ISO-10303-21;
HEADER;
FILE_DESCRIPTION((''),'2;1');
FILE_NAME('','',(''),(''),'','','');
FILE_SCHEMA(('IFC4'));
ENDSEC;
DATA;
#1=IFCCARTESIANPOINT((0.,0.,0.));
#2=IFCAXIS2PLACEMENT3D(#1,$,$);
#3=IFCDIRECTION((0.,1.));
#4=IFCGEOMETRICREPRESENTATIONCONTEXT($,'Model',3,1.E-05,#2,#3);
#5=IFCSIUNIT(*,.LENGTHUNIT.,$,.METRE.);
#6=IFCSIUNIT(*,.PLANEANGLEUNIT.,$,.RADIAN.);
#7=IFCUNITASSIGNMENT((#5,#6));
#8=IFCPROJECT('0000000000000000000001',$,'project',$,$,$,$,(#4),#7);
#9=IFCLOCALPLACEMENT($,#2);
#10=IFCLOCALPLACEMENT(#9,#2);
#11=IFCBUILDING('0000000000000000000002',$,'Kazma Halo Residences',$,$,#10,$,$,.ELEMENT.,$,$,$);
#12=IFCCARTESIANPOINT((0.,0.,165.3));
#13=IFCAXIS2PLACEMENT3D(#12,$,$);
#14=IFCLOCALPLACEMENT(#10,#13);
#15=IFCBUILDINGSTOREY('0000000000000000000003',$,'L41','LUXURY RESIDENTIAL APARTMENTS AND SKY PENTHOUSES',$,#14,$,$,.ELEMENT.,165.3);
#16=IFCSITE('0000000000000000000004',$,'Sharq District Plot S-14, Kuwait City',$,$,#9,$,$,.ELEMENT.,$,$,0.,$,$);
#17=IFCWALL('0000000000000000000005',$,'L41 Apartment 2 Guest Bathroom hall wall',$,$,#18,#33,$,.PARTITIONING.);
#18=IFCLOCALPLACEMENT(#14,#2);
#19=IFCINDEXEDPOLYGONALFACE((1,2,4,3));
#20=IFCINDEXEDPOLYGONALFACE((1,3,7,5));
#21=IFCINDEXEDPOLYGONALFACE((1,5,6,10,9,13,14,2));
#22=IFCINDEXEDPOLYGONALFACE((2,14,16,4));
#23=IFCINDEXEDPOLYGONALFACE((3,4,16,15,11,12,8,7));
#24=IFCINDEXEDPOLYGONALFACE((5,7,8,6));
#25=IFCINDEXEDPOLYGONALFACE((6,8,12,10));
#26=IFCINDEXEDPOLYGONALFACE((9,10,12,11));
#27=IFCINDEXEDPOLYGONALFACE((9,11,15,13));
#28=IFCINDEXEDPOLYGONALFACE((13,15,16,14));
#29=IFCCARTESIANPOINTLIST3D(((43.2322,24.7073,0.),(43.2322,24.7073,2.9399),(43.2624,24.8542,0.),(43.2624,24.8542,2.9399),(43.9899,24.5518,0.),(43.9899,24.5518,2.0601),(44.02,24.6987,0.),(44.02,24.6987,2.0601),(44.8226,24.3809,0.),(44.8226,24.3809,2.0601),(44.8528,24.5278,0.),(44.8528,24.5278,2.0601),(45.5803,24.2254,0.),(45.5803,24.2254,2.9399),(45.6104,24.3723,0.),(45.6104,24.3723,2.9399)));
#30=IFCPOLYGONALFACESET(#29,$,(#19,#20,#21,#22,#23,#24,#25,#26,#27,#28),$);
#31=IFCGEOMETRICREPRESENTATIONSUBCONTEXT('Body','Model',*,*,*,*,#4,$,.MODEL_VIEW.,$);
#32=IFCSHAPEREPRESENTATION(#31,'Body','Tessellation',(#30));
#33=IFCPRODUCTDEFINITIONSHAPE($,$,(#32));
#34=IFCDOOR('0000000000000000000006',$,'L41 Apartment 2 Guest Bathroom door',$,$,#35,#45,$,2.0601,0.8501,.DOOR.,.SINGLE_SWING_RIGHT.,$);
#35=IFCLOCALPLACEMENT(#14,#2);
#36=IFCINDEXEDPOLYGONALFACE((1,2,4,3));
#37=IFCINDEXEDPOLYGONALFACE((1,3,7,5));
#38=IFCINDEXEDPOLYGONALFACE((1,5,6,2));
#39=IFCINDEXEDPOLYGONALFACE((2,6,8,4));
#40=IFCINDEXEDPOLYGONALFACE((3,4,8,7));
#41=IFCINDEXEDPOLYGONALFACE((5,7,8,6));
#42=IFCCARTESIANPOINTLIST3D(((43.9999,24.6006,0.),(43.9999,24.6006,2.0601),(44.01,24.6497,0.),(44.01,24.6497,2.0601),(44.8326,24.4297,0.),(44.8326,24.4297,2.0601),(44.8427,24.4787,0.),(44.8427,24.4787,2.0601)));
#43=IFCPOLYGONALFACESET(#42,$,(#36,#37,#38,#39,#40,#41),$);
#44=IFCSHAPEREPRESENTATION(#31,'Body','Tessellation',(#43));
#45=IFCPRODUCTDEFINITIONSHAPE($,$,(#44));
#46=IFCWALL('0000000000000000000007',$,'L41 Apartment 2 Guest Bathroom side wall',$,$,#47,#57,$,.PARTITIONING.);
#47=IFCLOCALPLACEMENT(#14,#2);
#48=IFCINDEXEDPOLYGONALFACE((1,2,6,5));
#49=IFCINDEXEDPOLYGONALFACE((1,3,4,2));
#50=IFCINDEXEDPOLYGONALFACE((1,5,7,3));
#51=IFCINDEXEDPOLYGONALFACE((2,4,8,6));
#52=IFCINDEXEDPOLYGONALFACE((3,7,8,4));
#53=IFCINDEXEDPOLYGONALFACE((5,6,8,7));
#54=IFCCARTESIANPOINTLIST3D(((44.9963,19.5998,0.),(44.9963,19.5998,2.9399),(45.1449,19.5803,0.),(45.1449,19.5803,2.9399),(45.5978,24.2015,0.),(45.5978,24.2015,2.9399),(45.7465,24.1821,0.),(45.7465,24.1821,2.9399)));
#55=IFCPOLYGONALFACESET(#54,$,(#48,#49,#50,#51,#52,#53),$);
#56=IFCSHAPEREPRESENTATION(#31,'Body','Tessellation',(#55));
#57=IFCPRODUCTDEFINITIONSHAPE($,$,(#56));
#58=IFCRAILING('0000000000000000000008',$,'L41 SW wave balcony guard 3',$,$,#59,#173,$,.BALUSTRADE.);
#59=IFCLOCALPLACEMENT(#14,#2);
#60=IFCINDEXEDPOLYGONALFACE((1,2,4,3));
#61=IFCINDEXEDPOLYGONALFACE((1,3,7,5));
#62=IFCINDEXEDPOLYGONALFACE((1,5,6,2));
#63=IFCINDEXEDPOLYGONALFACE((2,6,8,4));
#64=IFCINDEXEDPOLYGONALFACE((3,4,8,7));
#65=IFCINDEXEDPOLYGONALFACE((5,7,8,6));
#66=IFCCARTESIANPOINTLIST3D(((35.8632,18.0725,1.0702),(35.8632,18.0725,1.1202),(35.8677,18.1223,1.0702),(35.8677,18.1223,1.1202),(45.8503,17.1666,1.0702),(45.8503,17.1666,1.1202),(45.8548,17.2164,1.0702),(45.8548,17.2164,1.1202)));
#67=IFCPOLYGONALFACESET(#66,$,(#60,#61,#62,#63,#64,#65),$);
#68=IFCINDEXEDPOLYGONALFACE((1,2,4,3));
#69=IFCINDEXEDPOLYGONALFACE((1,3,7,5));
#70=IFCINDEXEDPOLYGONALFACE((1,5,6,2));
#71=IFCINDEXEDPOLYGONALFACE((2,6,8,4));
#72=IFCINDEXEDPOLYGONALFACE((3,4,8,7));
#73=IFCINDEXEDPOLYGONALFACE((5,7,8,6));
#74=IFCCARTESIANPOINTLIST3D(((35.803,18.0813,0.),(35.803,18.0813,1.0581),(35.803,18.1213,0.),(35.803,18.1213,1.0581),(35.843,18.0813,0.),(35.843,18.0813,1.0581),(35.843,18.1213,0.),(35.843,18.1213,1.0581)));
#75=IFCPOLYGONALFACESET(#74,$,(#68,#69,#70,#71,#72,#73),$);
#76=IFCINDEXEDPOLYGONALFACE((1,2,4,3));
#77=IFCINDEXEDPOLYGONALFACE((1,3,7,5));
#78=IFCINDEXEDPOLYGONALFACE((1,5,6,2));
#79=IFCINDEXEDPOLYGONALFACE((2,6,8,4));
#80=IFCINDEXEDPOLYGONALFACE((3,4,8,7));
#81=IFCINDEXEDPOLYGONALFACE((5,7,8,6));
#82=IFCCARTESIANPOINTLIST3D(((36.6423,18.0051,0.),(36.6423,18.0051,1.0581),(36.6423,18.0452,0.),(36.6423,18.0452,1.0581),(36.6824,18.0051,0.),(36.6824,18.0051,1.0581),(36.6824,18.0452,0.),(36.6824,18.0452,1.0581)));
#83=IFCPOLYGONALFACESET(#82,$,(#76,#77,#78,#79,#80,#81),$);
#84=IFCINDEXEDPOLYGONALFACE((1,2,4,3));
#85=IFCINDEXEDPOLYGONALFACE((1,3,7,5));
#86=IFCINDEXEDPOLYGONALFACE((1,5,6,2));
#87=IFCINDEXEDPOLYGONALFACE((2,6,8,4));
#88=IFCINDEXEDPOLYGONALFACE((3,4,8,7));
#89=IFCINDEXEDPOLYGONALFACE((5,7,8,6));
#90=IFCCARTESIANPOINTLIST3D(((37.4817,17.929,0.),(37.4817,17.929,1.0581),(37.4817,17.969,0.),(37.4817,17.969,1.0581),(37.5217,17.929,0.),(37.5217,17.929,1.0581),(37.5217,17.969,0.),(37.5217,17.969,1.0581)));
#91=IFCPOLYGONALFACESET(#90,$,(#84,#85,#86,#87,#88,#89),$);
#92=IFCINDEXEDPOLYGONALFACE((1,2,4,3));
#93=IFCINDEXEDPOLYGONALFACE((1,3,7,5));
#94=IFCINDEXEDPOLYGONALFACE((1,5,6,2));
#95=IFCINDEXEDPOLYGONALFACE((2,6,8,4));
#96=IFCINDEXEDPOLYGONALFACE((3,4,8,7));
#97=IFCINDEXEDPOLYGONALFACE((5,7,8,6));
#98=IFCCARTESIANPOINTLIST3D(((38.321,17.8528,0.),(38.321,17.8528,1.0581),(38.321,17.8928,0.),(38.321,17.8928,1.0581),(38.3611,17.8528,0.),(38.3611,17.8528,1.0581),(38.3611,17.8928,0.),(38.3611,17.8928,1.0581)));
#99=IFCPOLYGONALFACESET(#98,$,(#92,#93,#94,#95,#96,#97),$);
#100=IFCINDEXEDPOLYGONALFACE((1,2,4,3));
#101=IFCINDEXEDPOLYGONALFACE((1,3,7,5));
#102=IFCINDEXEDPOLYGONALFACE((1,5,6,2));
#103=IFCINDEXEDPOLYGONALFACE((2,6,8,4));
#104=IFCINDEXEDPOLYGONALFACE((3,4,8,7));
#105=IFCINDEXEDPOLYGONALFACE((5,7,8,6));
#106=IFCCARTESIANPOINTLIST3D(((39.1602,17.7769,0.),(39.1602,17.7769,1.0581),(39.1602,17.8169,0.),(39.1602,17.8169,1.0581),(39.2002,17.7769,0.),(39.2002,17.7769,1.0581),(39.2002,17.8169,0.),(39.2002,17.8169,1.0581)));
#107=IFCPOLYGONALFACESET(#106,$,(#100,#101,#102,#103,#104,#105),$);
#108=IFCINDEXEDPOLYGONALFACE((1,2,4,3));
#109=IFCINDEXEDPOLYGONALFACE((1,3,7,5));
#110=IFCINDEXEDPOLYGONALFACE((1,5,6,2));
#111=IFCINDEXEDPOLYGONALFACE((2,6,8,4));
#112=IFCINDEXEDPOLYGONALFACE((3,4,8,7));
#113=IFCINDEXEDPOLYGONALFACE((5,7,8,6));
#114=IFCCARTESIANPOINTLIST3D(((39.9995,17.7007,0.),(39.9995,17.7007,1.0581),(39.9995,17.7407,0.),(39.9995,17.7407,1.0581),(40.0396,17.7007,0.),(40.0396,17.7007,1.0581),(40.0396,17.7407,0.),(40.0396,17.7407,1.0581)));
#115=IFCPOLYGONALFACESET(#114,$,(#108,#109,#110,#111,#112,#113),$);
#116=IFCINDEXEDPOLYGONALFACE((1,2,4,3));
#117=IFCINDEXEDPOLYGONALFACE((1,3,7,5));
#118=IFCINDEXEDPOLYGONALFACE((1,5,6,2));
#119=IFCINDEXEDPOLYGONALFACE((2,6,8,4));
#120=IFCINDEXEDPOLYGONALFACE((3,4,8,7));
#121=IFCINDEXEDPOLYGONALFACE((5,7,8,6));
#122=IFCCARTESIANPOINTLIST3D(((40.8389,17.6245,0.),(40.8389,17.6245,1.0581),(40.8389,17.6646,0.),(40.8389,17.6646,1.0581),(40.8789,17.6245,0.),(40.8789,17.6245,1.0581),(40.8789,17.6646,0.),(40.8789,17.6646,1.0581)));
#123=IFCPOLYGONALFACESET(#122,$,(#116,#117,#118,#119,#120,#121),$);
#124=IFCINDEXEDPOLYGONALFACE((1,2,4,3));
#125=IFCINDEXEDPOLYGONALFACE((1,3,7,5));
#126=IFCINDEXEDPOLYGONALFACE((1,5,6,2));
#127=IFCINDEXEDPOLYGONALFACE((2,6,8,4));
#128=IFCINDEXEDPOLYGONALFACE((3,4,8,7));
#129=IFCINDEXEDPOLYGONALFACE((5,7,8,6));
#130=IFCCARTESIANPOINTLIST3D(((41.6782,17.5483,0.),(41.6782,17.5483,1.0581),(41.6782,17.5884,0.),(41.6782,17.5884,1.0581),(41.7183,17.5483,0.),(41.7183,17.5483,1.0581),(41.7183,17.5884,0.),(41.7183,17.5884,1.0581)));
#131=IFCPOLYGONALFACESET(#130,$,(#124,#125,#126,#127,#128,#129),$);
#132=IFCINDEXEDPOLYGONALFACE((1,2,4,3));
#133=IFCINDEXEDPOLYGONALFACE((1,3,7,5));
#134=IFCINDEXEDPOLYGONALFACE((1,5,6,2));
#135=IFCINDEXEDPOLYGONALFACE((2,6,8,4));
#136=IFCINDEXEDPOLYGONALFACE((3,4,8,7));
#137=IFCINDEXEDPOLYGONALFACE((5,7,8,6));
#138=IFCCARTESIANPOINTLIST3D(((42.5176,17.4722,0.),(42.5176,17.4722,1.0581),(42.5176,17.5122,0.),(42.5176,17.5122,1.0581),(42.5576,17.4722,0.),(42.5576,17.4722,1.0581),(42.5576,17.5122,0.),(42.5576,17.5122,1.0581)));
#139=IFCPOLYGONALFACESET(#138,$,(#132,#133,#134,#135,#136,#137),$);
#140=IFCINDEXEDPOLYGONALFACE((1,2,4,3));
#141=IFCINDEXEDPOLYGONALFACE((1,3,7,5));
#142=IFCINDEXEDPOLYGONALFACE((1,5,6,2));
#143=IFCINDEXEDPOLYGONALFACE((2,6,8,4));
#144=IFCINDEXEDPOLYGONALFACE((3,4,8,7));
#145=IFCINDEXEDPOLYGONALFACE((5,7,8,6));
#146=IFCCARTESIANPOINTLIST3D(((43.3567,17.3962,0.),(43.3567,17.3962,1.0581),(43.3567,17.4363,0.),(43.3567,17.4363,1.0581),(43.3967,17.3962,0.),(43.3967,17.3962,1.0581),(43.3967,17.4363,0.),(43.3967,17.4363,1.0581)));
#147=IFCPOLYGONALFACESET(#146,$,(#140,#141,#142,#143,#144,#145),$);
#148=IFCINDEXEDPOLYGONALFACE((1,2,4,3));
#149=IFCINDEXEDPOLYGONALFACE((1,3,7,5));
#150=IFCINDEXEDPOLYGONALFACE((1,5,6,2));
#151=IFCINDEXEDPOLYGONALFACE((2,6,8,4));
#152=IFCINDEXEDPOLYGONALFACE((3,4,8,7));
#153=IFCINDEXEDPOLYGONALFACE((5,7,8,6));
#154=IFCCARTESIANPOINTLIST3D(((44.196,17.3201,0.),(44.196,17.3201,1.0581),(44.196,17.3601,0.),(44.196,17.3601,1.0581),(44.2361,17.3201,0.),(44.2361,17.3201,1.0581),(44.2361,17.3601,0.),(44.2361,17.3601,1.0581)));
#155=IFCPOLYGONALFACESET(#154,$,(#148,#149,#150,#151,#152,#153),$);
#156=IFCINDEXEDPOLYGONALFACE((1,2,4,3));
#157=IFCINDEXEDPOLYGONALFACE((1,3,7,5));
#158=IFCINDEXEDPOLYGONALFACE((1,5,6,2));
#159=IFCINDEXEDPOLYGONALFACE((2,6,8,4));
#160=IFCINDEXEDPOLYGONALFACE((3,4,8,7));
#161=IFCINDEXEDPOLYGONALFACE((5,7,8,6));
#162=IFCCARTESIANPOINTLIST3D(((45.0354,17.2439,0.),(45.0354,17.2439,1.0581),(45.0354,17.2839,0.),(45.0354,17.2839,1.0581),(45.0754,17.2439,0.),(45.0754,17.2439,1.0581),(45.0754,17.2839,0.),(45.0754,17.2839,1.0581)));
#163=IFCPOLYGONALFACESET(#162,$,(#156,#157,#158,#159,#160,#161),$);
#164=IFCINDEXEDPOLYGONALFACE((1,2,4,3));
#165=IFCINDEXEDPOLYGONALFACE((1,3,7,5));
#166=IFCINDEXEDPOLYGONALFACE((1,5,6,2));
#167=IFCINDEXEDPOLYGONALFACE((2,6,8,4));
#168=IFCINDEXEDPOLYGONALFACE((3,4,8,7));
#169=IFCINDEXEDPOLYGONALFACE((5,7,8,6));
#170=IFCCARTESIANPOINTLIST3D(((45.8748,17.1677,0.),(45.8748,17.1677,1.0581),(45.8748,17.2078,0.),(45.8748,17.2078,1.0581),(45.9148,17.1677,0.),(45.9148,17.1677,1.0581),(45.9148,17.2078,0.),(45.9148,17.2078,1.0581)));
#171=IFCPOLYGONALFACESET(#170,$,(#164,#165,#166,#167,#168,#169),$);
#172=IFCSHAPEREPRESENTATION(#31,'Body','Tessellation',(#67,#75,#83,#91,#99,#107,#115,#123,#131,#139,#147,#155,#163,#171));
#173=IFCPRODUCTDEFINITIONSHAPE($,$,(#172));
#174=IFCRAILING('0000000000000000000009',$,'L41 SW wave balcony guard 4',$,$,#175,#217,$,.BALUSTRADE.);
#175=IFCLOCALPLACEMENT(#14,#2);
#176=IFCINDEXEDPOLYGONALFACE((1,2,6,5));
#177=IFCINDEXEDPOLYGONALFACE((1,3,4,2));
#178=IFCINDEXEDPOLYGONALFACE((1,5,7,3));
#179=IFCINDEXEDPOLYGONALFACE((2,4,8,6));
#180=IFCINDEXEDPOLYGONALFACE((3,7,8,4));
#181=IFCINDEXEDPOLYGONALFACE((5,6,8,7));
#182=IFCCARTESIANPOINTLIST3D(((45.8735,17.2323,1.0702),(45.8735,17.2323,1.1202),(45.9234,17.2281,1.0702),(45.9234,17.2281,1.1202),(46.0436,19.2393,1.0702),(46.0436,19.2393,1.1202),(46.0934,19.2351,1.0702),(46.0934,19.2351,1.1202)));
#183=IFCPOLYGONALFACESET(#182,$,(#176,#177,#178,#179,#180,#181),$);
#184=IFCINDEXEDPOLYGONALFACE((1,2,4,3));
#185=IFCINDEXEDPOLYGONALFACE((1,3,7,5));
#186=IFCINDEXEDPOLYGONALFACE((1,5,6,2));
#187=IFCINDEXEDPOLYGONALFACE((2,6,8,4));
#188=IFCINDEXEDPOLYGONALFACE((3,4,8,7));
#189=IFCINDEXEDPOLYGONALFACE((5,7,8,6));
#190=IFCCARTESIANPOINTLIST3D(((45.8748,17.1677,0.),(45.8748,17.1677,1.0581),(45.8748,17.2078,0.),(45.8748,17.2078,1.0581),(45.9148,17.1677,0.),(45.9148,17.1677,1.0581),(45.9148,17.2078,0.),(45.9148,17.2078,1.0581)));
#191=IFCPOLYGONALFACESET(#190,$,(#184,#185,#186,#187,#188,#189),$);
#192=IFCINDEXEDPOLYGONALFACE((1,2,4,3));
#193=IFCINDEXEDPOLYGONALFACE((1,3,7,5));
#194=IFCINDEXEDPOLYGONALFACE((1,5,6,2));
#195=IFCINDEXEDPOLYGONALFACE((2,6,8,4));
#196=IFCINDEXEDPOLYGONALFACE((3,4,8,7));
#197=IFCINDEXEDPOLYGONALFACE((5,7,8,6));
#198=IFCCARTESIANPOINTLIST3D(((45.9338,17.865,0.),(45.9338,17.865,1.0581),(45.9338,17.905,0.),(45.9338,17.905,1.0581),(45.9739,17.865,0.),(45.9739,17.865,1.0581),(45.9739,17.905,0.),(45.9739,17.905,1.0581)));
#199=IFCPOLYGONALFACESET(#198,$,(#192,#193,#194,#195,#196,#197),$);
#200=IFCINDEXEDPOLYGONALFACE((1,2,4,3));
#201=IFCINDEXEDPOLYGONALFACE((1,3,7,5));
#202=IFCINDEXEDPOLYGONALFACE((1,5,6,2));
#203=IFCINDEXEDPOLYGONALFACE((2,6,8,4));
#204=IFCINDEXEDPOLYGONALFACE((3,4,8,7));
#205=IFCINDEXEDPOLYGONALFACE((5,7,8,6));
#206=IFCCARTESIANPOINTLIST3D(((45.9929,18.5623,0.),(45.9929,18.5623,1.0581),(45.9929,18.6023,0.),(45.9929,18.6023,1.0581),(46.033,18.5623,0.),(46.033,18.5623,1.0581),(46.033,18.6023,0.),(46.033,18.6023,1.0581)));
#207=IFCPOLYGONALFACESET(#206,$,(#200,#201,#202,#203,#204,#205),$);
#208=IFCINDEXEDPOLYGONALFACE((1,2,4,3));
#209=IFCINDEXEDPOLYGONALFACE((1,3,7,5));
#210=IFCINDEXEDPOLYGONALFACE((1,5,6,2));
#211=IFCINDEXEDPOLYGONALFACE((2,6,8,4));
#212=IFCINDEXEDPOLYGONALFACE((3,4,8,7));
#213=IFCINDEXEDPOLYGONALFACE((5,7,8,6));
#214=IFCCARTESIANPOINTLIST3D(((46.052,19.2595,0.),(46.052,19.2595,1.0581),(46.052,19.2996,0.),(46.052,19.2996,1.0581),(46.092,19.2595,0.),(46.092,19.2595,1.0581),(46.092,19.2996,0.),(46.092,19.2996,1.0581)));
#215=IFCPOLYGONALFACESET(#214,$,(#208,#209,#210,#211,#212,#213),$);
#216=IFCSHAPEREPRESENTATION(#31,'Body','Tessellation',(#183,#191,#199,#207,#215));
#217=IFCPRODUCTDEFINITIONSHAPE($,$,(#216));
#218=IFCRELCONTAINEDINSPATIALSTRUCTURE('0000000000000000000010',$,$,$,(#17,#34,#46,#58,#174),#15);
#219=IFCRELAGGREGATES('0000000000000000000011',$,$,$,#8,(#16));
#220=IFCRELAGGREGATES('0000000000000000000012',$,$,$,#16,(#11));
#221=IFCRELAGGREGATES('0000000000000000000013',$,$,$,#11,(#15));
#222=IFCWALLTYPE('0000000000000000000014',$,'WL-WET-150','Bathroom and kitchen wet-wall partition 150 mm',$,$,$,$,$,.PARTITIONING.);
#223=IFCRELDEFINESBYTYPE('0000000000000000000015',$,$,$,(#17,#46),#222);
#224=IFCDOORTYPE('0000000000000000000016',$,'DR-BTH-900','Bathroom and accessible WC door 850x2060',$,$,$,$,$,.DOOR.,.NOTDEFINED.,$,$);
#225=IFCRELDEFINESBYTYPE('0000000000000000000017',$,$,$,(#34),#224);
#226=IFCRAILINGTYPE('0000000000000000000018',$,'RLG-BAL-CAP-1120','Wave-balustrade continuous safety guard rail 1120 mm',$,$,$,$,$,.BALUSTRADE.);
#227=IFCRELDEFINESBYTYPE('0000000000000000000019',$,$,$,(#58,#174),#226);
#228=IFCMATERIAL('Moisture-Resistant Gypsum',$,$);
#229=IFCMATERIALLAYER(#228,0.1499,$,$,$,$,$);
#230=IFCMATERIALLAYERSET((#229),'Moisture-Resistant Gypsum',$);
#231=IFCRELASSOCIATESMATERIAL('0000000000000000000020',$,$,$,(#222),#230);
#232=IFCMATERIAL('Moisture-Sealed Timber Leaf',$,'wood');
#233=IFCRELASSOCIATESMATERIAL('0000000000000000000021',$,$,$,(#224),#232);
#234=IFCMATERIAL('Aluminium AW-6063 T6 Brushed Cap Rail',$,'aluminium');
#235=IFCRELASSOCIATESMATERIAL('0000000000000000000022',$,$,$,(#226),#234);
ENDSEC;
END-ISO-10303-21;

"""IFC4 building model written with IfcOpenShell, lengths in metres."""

from ifc_helpers import new_model, si_unit, direction, frame, frame_2d, origin, origin_2d, place, context, subcontext, project, spatial, rectangle, extrude, material, layer, layer_set, type_object, element, fill, save


model = new_model("IFC4")

# Units and contexts
model_context = context("Model", 3, precision=1e-05, world=origin(), true_north=direction((0.0, 1.0)))
body_context = subcontext(model_context, "Body", "Model", "MODEL_VIEW")
ifc_project = project(units=[si_unit("LENGTHUNIT", "METRE"), si_unit("PLANEANGLEUNIT", "RADIAN")], contexts=[model_context])

# Site, building, storey
site_placement = place(None, origin())
site = spatial("IfcSite", under=ifc_project, at=site_placement, Name="Sharq District Plot S-14, Kuwait City", CompositionType="ELEMENT", RefElevation=0.0)
building_placement = place(site_placement, origin())
building = spatial("IfcBuilding", under=site, at=building_placement, Name="Kazma Halo Residences", CompositionType="ELEMENT")
storey_placement = place(building_placement, frame((0.0, 0.0, 165.3)))
storey = spatial("IfcBuildingStorey", under=building, at=storey_placement, Name="L41", Description="LUXURY RESIDENTIAL APARTMENTS AND SKY PENTHOUSES", CompositionType="ELEMENT", Elevation=165.3)

# Wall, opening, door
ifc_material_1 = material(Name="Moisture-Resistant Gypsum")
ifc_layer_1 = layer(ifc_material_1, 0.1499)
ifc_layer_set_1 = layer_set([ifc_layer_1], Name="Moisture-Resistant Gypsum")
wall_type_1 = type_object("IfcWallType", Name="WL-WET-150", Description="Bathroom and kitchen wet-wall partition 150 mm", PredefinedType="PARTITIONING", material=ifc_layer_set_1)
wall_1_placement = place(storey_placement, frame((43.2473, 24.7808, 0.0), z_axis=(0.0, 0.0, 1.0), x_axis=(0.979581, -0.201049, 0.0)))
wall_1 = element("IfcWall", 1, at=wall_1_placement, inside=storey, type_object=wall_type_1, Name="L41 Apartment 2 Guest Bathroom hall wall", PredefinedType="PARTITIONING", context=body_context, shape_type="SweptSolid", body=[
    extrude(rectangle(XDim=2.397, YDim=0.1499, at=frame_2d((1.1985, 0.0))), origin(), (0.0, 0.0, 1.0), 2.9399),
])
opening_1_placement = place(wall_1_placement, frame((0.7734, 0.0, 0.0)))
opening_1 = element("IfcOpeningElement", 2, at=opening_1_placement, cuts=wall_1, PredefinedType="OPENING", context=body_context, shape_type="SweptSolid", body=[
    extrude(rectangle(XDim=0.8501, YDim=2.0601, at=frame_2d((0.425, 1.03))), frame((0.0, 0.085, 0.0), z_axis=(0.0, -1.0, 0.0), x_axis=(1.0, 0.0, 0.0)), (0.0, 0.0, 1.0), 0.1699),
])
ifc_material_2 = material(Name="Moisture-Sealed Timber Leaf", Category="wood")
door_type_1 = type_object("IfcDoorType", Name="DR-BTH-900", Description="Bathroom and accessible WC door 850x2060", OperationType="NOTDEFINED", PredefinedType="DOOR", material=ifc_material_2)
door_1_placement = place(opening_1_placement, origin())
door_1 = element("IfcDoor", 3, at=door_1_placement, inside=storey, type_object=door_type_1, Name="L41 Apartment 2 Guest Bathroom door", OperationType="SINGLE_SWING_RIGHT", OverallHeight=2.0601, OverallWidth=0.8501, PredefinedType="DOOR", context=body_context, shape_type="SweptSolid", body=[
    extrude(rectangle(XDim=0.8501, YDim=2.0601, at=frame_2d((0.425, 1.03))), frame((0.0, 0.0249, 0.0), z_axis=(0.0, -1.0, 0.0), x_axis=(1.0, 0.0, 0.0)), (0.0, 0.0, 1.0), 0.05),
])
fill(opening_1, door_1)

# Wall
wall_2_placement = place(storey_placement, frame((45.6721, 24.1917, 0.0), z_axis=(0.0, 0.0, 1.0), x_axis=(-0.12962, -0.991564, 0.0)))
element("IfcWall", 4, at=wall_2_placement, inside=storey, type_object=wall_type_1, Name="L41 Apartment 2 Guest Bathroom side wall", PredefinedType="PARTITIONING", context=body_context, shape_type="SweptSolid", body=[
    extrude(rectangle(XDim=4.6409, YDim=0.1499, at=frame_2d((2.3203, 0.0))), origin(), (0.0, 0.0, 1.0), 2.9399),
])

# Railings
ifc_material_3 = material(Name="Aluminium AW-6063 T6 Brushed Cap Rail", Category="aluminium")
railing_type = type_object("IfcRailingType", Name="RLG-BAL-CAP-1120", Description="Wave-balustrade continuous safety guard rail 1120 mm", PredefinedType="BALUSTRADE", material=ifc_material_3)
railing_1_placement = place(storey_placement, frame((35.823, 18.1013, 0.0)))
element("IfcRailing", 5, at=railing_1_placement, inside=storey, type_object=railing_type, Name="L41 SW wave balcony guard 3", PredefinedType="BALUSTRADE", context=body_context, shape_type="SweptSolid", body=[
    extrude(rectangle(XDim=0.05, YDim=0.05, at=origin_2d()), frame((0.0425, -0.0039, 1.0952), z_axis=(0.995911, -0.090335, 0.0), x_axis=(0.090335, 0.995911, 0.0)), (0.0, 0.0, 1.0), 10.0281),
    extrude(rectangle(XDim=0.04, YDim=0.04, at=origin_2d()), origin(), (0.0, 0.0, 1.0), 1.0581),
    extrude(rectangle(XDim=0.04, YDim=0.04, at=origin_2d()), frame((0.8394, -0.0762, 0.0)), (0.0, 0.0, 1.0), 1.0581),
    extrude(rectangle(XDim=0.04, YDim=0.04, at=origin_2d()), frame((1.6787, -0.1523, 0.0)), (0.0, 0.0, 1.0), 1.0581),
    extrude(rectangle(XDim=0.04, YDim=0.04, at=origin_2d()), frame((2.5181, -0.2285, 0.0)), (0.0, 0.0, 1.0), 1.0581),
    extrude(rectangle(XDim=0.04, YDim=0.04, at=origin_2d()), frame((3.3572, -0.3044, 0.0)), (0.0, 0.0, 1.0), 1.0581),
    extrude(rectangle(XDim=0.04, YDim=0.04, at=origin_2d()), frame((4.1965, -0.3806, 0.0)), (0.0, 0.0, 1.0), 1.0581),
    extrude(rectangle(XDim=0.04, YDim=0.04, at=origin_2d()), frame((5.0359, -0.4568, 0.0)), (0.0, 0.0, 1.0), 1.0581),
    extrude(rectangle(XDim=0.04, YDim=0.04, at=origin_2d()), frame((5.8752, -0.533, 0.0)), (0.0, 0.0, 1.0), 1.0581),
    extrude(rectangle(XDim=0.04, YDim=0.04, at=origin_2d()), frame((6.7146, -0.6091, 0.0)), (0.0, 0.0, 1.0), 1.0581),
    extrude(rectangle(XDim=0.04, YDim=0.04, at=origin_2d()), frame((7.5537, -0.6851, 0.0)), (0.0, 0.0, 1.0), 1.0581),
    extrude(rectangle(XDim=0.04, YDim=0.04, at=origin_2d()), frame((8.3931, -0.7612, 0.0)), (0.0, 0.0, 1.0), 1.0581),
    extrude(rectangle(XDim=0.04, YDim=0.04, at=origin_2d()), frame((9.2324, -0.8374, 0.0)), (0.0, 0.0, 1.0), 1.0581),
    extrude(rectangle(XDim=0.04, YDim=0.04, at=origin_2d()), frame((10.0718, -0.9136, 0.0)), (0.0, 0.0, 1.0), 1.0581),
])
railing_2_placement = place(storey_placement, frame((45.8948, 17.1877, 0.0)))
element("IfcRailing", 6, at=railing_2_placement, inside=storey, type_object=railing_type, Name="L41 SW wave balcony guard 4", PredefinedType="BALUSTRADE", context=body_context, shape_type="SweptSolid", body=[
    extrude(rectangle(XDim=0.05, YDim=0.05, at=origin_2d()), frame((0.0037, 0.0425, 1.0952), z_axis=(0.084431, 0.996429, 0.0), x_axis=(-0.996429, 0.084431, 0.0)), (0.0, 0.0, 1.0), 2.0142),
    extrude(rectangle(XDim=0.04, YDim=0.04, at=origin_2d()), origin(), (0.0, 0.0, 1.0), 1.0581),
    extrude(rectangle(XDim=0.04, YDim=0.04, at=origin_2d()), frame((0.0591, 0.6973, 0.0)), (0.0, 0.0, 1.0), 1.0581),
    extrude(rectangle(XDim=0.04, YDim=0.04, at=origin_2d()), frame((0.1182, 1.3945, 0.0)), (0.0, 0.0, 1.0), 1.0581),
    extrude(rectangle(XDim=0.04, YDim=0.04, at=origin_2d()), frame((0.1772, 2.0918, 0.0)), (0.0, 0.0, 1.0), 1.0581),
])

save(model, "model.ifc")
